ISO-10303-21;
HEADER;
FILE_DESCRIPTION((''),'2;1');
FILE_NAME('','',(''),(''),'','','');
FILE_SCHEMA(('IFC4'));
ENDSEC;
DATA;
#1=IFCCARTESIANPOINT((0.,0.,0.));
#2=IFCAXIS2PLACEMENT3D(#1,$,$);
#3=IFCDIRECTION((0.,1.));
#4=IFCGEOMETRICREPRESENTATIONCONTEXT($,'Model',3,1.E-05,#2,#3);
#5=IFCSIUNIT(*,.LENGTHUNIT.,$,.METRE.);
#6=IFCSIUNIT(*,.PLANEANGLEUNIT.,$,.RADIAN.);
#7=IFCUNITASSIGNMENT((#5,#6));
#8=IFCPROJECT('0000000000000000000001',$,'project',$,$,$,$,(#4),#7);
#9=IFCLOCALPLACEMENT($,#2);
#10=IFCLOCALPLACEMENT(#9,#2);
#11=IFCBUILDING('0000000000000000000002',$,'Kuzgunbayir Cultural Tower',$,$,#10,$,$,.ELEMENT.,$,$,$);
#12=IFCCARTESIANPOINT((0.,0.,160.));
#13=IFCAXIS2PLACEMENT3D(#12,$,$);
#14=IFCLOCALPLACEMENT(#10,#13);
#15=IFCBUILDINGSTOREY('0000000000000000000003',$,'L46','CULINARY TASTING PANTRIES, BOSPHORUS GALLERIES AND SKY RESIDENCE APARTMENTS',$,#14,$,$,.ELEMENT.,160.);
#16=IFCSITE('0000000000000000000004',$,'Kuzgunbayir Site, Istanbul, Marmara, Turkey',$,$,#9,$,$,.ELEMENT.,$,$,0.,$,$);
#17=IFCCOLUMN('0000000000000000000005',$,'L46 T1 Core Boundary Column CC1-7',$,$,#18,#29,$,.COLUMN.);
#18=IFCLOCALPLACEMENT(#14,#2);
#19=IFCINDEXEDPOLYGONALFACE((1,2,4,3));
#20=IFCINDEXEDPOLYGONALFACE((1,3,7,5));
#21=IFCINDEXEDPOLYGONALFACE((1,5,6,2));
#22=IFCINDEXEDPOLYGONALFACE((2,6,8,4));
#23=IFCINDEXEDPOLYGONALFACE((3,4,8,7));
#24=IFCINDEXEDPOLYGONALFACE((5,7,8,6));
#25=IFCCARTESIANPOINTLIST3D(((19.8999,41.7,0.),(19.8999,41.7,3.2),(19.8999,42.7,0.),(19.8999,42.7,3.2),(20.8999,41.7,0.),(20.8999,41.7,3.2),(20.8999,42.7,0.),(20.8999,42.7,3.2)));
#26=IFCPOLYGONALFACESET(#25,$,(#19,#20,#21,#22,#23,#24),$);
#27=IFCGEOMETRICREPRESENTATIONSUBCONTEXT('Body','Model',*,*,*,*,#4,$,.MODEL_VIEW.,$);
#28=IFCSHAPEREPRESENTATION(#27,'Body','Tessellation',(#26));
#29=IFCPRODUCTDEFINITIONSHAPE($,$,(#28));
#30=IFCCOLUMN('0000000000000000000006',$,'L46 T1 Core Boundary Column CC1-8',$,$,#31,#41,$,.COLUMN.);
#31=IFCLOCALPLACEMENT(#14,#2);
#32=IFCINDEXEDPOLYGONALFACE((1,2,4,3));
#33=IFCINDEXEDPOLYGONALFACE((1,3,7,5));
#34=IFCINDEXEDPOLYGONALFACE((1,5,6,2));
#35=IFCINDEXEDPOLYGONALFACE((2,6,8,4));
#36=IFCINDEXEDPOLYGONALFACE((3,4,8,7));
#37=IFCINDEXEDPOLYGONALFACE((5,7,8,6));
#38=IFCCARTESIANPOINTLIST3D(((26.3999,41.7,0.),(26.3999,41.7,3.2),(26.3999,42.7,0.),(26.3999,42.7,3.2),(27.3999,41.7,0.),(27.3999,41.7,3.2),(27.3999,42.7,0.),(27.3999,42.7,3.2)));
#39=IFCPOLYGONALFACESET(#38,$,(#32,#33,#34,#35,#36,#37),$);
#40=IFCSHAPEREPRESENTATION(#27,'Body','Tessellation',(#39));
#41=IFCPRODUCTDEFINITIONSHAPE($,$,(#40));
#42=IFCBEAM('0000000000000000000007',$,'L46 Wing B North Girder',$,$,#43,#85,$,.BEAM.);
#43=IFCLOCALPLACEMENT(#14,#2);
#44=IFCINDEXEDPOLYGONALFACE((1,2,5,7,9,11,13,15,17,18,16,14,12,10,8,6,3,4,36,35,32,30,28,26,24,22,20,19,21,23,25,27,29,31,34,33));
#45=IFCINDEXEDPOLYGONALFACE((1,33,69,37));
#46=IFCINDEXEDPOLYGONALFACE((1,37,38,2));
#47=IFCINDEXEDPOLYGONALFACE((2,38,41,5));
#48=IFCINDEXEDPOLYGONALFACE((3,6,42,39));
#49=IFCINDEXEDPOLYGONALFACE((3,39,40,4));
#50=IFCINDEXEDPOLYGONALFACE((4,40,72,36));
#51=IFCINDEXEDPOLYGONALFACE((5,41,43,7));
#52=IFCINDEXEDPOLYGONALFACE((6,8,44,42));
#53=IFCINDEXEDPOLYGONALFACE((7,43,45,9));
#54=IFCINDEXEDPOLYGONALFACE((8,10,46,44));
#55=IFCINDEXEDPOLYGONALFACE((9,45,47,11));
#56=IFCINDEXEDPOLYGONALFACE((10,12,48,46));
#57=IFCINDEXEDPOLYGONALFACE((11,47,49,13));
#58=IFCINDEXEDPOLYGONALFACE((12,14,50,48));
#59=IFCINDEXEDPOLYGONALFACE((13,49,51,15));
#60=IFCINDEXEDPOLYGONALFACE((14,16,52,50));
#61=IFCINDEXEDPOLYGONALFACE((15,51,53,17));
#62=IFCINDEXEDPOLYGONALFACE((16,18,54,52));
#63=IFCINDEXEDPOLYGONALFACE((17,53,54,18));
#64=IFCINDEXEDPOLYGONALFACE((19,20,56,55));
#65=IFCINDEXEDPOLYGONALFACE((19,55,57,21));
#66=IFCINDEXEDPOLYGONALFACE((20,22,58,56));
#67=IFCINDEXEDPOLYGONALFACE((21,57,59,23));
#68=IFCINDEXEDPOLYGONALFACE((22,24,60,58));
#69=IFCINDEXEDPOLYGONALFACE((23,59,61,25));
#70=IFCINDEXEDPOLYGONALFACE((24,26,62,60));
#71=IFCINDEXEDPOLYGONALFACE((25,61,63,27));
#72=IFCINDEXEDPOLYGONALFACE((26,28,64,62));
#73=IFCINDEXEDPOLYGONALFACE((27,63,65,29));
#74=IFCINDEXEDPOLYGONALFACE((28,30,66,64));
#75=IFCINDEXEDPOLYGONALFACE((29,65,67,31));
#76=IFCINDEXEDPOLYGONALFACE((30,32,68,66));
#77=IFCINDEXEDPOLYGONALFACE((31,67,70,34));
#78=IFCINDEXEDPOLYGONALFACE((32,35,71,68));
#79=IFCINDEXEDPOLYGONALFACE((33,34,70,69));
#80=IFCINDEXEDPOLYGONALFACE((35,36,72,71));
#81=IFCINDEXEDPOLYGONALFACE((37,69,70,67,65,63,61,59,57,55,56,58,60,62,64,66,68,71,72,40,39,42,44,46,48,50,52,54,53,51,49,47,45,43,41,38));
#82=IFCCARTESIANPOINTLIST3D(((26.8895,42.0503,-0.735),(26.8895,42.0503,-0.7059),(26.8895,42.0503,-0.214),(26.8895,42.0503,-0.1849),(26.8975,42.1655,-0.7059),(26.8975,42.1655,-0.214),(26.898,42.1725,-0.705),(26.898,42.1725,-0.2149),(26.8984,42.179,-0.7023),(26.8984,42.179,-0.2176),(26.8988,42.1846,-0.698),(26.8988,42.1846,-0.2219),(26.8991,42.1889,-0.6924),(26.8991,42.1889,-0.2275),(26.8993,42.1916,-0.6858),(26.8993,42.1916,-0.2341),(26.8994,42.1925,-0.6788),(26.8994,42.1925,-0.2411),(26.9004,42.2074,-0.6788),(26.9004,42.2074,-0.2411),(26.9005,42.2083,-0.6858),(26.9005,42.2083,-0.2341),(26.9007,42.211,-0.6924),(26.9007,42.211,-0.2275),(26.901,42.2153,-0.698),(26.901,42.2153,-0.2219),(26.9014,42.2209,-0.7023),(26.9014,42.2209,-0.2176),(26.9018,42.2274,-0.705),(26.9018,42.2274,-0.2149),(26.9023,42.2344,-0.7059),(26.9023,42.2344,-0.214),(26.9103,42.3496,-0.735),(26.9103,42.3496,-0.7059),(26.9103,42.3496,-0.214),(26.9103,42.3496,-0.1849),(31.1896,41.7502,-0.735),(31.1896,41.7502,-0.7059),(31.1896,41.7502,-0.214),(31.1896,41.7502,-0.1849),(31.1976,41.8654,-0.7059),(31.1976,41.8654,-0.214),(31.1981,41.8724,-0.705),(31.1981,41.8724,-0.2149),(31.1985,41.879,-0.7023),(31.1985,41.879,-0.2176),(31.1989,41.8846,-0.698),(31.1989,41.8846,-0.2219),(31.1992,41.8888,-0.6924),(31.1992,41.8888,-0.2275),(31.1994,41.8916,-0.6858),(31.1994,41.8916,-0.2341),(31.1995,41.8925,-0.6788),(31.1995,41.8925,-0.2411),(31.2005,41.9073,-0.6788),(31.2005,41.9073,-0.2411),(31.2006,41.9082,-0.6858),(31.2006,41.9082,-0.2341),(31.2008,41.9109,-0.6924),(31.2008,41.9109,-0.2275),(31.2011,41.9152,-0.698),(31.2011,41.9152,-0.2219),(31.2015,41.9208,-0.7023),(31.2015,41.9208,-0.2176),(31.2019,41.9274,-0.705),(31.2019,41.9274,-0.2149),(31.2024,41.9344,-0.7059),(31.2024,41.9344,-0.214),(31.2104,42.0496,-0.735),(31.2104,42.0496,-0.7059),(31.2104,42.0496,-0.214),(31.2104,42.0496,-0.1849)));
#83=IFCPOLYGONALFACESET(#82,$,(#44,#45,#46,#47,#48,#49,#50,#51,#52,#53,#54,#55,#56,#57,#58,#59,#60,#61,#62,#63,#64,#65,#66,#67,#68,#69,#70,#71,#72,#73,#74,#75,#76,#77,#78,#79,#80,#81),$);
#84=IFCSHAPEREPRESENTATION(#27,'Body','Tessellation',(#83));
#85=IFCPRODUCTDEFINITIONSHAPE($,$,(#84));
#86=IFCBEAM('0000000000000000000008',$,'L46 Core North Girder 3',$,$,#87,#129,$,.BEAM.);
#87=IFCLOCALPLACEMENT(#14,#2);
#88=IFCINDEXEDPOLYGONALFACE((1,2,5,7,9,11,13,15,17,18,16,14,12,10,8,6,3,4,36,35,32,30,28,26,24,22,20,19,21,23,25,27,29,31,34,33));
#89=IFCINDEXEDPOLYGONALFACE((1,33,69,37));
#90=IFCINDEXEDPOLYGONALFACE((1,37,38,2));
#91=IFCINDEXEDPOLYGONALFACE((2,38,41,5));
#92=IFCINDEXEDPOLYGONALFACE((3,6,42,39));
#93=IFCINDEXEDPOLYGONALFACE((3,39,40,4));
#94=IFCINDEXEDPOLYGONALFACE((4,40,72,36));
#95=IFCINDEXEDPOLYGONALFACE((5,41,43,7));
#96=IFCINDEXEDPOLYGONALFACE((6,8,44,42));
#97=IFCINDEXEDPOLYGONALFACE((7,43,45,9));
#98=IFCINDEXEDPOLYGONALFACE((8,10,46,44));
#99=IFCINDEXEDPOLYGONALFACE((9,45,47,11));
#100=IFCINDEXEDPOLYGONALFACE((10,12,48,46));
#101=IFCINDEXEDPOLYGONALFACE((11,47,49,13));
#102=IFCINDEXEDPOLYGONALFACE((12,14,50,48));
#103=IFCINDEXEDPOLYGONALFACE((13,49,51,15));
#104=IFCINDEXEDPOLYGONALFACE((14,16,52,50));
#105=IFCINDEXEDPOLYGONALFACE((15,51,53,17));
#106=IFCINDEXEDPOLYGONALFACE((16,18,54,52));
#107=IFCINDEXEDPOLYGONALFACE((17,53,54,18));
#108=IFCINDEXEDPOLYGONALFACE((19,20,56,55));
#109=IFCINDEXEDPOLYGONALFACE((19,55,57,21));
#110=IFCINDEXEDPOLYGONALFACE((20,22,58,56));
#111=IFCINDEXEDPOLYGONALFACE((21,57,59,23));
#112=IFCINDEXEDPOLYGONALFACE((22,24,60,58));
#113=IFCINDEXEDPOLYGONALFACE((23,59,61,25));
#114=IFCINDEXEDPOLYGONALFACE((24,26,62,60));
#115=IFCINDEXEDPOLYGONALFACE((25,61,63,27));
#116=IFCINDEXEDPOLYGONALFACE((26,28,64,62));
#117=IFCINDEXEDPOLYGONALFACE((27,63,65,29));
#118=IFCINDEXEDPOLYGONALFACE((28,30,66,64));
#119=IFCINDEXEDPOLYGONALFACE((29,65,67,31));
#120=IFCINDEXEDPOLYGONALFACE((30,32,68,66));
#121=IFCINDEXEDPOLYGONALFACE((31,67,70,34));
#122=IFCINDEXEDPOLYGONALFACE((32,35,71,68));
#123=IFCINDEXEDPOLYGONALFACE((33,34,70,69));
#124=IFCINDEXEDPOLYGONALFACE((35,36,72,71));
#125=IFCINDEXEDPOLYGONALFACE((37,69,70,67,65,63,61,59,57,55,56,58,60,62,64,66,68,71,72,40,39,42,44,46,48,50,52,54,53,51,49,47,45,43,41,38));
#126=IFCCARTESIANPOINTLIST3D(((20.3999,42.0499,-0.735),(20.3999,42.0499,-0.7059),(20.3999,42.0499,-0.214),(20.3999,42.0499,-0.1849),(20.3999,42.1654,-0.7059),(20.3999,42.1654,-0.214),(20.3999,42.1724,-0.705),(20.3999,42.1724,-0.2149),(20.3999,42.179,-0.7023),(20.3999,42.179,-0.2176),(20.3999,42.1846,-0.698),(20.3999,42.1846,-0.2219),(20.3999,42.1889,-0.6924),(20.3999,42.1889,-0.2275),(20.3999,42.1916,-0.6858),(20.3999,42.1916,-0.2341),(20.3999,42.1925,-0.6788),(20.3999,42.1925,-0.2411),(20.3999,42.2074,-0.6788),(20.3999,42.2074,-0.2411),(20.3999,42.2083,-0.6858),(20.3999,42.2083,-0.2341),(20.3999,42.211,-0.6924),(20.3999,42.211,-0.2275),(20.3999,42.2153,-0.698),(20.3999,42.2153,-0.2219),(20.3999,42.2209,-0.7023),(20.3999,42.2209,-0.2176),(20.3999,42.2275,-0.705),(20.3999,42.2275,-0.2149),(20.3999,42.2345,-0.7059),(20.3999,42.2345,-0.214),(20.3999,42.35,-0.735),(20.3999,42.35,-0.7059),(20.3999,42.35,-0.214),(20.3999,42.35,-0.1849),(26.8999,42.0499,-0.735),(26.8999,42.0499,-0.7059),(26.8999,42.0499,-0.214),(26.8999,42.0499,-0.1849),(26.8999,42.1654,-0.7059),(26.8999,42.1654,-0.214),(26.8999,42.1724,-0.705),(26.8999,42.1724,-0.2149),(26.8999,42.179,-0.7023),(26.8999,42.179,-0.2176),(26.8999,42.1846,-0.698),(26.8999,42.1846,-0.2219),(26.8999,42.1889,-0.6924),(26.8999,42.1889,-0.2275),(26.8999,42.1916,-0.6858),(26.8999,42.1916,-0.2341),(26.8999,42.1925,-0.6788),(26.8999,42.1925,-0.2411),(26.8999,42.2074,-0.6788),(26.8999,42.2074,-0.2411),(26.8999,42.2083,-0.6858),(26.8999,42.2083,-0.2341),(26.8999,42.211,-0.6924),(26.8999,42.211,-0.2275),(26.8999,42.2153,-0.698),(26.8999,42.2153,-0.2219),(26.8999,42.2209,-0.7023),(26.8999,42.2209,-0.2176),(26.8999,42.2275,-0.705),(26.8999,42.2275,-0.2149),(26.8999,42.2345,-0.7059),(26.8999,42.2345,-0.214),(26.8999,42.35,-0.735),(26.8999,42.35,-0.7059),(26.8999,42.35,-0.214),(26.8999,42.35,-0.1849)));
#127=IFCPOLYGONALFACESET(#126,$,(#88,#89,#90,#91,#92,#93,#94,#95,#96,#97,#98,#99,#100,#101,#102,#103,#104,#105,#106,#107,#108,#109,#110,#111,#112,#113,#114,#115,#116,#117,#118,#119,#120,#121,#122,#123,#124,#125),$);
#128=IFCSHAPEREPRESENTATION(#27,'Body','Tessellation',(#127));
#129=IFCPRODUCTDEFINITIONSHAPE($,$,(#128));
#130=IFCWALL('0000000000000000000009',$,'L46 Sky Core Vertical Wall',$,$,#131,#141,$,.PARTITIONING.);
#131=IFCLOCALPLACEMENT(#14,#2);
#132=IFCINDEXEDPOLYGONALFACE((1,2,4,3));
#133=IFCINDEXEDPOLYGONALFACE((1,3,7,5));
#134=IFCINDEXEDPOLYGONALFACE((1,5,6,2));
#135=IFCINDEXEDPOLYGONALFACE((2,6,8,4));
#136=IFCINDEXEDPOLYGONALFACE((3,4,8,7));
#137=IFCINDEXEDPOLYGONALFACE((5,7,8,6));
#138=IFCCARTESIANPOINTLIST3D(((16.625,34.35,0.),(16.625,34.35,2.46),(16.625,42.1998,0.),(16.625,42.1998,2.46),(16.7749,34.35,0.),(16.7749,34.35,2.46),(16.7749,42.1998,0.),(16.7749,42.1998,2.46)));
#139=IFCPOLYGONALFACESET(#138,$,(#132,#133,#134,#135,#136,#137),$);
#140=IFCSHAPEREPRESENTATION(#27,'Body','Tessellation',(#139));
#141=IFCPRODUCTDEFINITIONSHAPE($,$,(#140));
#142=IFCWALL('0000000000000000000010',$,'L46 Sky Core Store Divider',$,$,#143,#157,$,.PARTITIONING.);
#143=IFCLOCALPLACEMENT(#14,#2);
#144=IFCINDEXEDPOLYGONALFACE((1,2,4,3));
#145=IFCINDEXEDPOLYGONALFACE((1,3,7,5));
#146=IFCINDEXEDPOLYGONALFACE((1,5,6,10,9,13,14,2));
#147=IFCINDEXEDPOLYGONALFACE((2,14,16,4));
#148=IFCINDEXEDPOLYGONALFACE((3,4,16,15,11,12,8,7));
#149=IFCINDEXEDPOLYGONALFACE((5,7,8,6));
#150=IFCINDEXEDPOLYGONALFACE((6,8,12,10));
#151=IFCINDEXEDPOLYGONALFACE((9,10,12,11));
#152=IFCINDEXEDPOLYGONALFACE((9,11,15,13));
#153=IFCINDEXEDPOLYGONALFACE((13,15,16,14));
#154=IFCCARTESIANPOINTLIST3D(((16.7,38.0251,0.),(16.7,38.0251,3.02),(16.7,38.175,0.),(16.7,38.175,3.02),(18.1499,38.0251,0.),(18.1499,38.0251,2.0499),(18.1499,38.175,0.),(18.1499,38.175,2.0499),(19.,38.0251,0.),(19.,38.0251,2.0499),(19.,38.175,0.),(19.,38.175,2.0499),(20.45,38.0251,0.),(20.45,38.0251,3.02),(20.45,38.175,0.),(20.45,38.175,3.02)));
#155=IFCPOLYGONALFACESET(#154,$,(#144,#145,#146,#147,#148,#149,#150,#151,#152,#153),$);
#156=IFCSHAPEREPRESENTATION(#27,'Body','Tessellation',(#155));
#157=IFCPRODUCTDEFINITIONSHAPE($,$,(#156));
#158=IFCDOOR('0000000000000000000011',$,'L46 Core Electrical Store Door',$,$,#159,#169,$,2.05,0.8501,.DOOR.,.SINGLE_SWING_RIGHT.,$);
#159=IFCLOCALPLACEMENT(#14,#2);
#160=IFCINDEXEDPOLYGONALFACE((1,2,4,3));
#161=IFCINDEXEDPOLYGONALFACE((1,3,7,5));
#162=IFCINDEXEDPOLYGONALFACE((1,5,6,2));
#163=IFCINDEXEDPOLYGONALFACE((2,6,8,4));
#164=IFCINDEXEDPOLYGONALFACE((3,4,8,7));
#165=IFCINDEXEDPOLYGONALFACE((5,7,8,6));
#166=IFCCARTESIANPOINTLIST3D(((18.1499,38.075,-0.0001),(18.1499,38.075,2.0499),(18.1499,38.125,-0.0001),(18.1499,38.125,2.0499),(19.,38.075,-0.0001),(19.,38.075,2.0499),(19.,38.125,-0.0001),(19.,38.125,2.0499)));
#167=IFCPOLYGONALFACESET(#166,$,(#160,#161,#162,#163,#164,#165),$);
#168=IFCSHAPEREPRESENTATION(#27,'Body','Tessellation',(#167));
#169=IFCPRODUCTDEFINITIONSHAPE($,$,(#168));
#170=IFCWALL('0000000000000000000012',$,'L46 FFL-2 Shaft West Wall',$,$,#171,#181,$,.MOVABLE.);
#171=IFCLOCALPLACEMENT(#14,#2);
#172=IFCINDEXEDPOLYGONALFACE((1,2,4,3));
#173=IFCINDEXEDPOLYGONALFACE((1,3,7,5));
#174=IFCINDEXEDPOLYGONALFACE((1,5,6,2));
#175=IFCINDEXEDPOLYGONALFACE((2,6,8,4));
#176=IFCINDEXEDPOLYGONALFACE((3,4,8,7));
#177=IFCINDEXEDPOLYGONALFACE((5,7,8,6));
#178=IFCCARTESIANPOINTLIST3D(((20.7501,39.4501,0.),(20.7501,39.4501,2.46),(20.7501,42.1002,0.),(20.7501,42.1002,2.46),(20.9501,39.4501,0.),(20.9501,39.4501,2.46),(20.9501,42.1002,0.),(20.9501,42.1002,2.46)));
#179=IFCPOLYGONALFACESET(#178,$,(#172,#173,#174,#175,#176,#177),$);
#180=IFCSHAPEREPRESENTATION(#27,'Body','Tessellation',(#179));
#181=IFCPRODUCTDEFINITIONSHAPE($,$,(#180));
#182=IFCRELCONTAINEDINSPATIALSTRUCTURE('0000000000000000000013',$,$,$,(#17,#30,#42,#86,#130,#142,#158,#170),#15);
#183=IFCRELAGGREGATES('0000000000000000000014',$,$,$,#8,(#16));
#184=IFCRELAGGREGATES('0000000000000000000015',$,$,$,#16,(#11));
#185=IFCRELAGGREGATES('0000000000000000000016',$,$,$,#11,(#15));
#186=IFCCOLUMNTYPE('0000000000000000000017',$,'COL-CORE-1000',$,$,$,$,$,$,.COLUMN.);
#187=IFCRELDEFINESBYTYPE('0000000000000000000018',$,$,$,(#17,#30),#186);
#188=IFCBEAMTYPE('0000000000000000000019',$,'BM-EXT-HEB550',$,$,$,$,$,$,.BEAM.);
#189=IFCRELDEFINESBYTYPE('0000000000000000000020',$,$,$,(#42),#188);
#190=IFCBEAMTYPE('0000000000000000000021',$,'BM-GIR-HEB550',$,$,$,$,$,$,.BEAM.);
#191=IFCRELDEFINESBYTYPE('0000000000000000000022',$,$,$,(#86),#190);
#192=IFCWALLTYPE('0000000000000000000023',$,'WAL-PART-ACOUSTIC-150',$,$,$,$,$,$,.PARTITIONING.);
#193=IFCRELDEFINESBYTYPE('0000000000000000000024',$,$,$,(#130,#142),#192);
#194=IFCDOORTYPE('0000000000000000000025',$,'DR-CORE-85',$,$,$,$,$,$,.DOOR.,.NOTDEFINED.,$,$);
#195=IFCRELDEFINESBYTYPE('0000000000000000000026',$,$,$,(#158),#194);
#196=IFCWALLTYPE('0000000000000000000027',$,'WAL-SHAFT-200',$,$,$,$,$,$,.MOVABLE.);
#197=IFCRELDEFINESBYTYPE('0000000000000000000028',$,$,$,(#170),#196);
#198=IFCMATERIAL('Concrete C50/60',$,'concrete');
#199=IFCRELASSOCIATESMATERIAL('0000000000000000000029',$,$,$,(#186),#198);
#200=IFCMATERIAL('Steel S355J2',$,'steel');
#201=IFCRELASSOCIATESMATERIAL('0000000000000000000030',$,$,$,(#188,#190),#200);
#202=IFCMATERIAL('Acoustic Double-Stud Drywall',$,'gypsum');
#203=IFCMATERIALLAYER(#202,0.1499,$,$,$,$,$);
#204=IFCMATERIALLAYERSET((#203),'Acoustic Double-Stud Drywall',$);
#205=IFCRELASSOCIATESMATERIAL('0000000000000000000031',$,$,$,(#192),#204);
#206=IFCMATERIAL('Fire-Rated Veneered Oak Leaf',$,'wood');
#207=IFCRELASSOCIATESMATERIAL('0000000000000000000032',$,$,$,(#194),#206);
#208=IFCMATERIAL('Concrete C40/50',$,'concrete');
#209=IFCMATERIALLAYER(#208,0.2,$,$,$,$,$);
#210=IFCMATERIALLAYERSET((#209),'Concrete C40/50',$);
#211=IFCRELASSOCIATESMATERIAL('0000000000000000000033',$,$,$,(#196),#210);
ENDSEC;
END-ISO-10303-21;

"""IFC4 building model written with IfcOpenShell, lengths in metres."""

from ifc_helpers import new_model, si_unit, direction, frame, frame_2d, origin, origin_2d, place, context, subcontext, project, spatial, rectangle, i_section, extrude, material, layer, layer_set, material_profile, profile_set, type_object, element, fill, save


model = new_model("IFC4")

# Units and contexts
model_context = context("Model", 3, precision=1e-05, world=origin(), true_north=direction((0.0, 1.0)))
body_context = subcontext(model_context, "Body", "Model", "MODEL_VIEW")
ifc_project = project(units=[si_unit("LENGTHUNIT", "METRE"), si_unit("PLANEANGLEUNIT", "RADIAN")], contexts=[model_context])

# Site, building, storey
site_placement = place(None, origin())
site = spatial("IfcSite", under=ifc_project, at=site_placement, Name="Kuzgunbayir Site, Istanbul, Marmara, Turkey", CompositionType="ELEMENT", RefElevation=0.0)
building_placement = place(site_placement, origin())
building = spatial("IfcBuilding", under=site, at=building_placement, Name="Kuzgunbayir Cultural Tower", CompositionType="ELEMENT")
storey_placement = place(building_placement, frame((0.0, 0.0, 160.0)))
storey = spatial("IfcBuildingStorey", under=building, at=storey_placement, Name="L46", Description="CULINARY TASTING PANTRIES, BOSPHORUS GALLERIES AND SKY RESIDENCE APARTMENTS", CompositionType="ELEMENT", Elevation=160.0)

# Columns
ifc_material_1 = material(Name="Concrete C50/60", Category="concrete")
ifc_material_profile_1 = material_profile(ifc_material_1, rectangle(XDim=1.0, YDim=1.0, at=origin_2d()), Name="RC 1000x1000")
ifc_profile_set_1 = profile_set([ifc_material_profile_1], Name="Concrete C50/60")
column_type = type_object("IfcColumnType", Name="COL-CORE-1000", PredefinedType="COLUMN", material=ifc_profile_set_1)
for number, where, z_axis, x_axis, name in (
    (1, (20.3999, 42.2, 0.0), (0.0, 0.0, 1.0), (1.0, 0.0, 0.0), "L46 T1 Core Boundary Column CC1-7"),
    (2, (26.8999, 42.2, 0.0), (0.0, 0.0, 1.0), (1.0, 0.0, 0.0), "L46 T1 Core Boundary Column CC1-8"),
):
    element("IfcColumn", number, at=place(storey_placement, frame(where, z_axis=z_axis, x_axis=x_axis)), inside=storey, type_object=column_type, Name=name, PredefinedType="COLUMN", context=body_context, shape_type="SweptSolid", body=[
        extrude(rectangle(XDim=1.0, YDim=1.0, at=origin_2d()), origin(), (0.0, 0.0, 1.0), 3.2),
    ])

# Beams
ifc_material_2 = material(Name="Steel S355J2", Category="steel")
ifc_material_profile_2 = material_profile(ifc_material_2, i_section(OverallWidth=0.3, OverallDepth=0.55, WebThickness=0.0149, FlangeThickness=0.0291, FilletRadius=0.0271, at=origin_2d()), Name="HEB 550")
ifc_profile_set_2 = profile_set([ifc_material_profile_2], Name="Steel S355J2")
beam_type_1 = type_object("IfcBeamType", Name="BM-EXT-HEB550", PredefinedType="BEAM", material=ifc_profile_set_2)
beam_1_placement = place(storey_placement, frame((26.8999, 42.2, -0.46), z_axis=(0.997574, -0.069609, 0.0), x_axis=(0.069609, 0.997574, 0.0)))
element("IfcBeam", 3, at=beam_1_placement, inside=storey, type_object=beam_type_1, Name="L46 Wing B North Girder", PredefinedType="BEAM", context=body_context, shape_type="SweptSolid", body=[
    extrude(i_section(OverallWidth=0.3, OverallDepth=0.55, WebThickness=0.0149, FlangeThickness=0.0291, FilletRadius=0.0271, at=origin_2d()), origin(), (0.0, 0.0, 1.0), 4.3105),
])
ifc_material_profile_3 = material_profile(ifc_material_2, i_section(OverallWidth=0.3, OverallDepth=0.55, WebThickness=0.0149, FlangeThickness=0.0291, FilletRadius=0.0271, at=origin_2d()), Name="HEB 550")
ifc_profile_set_3 = profile_set([ifc_material_profile_3], Name="Steel S355J2")
beam_type_2 = type_object("IfcBeamType", Name="BM-GIR-HEB550", PredefinedType="BEAM", material=ifc_profile_set_3)
beam_2_placement = place(storey_placement, frame((20.3999, 42.2, -0.46), z_axis=(1.0, 0.0, 0.0), x_axis=(0.0, 1.0, 0.0)))
element("IfcBeam", 4, at=beam_2_placement, inside=storey, type_object=beam_type_2, Name="L46 Core North Girder 3", PredefinedType="BEAM", context=body_context, shape_type="SweptSolid", body=[
    extrude(i_section(OverallWidth=0.3, OverallDepth=0.55, WebThickness=0.0149, FlangeThickness=0.0291, FilletRadius=0.0271, at=origin_2d()), origin(), (0.0, 0.0, 1.0), 6.5),
])

# Wall
ifc_material_3 = material(Name="Acoustic Double-Stud Drywall", Category="gypsum")
ifc_layer_1 = layer(ifc_material_3, 0.1499)
ifc_layer_set_1 = layer_set([ifc_layer_1], Name="Acoustic Double-Stud Drywall")
wall_type_1 = type_object("IfcWallType", Name="WAL-PART-ACOUSTIC-150", PredefinedType="PARTITIONING", material=ifc_layer_set_1)
wall_1_placement = place(storey_placement, frame((16.7, 34.3501, 0.0), z_axis=(0.0, 0.0, 1.0), x_axis=(0.0, 1.0, 0.0)))
element("IfcWall", 5, at=wall_1_placement, inside=storey, type_object=wall_type_1, Name="L46 Sky Core Vertical Wall", PredefinedType="PARTITIONING", context=body_context, shape_type="SweptSolid", body=[
    extrude(rectangle(XDim=7.8499, YDim=0.1499, at=frame_2d((3.9248, 0.0))), origin(), (0.0, 0.0, 1.0), 2.46),
])

# Wall, opening, door
wall_2_placement = place(storey_placement, frame((16.7, 38.1001, 0.0), z_axis=(0.0, 0.0, 1.0), x_axis=(1.0, 0.0, 0.0)))
wall_2 = element("IfcWall", 6, at=wall_2_placement, inside=storey, type_object=wall_type_1, Name="L46 Sky Core Store Divider", PredefinedType="PARTITIONING", context=body_context, shape_type="SweptSolid", body=[
    extrude(rectangle(XDim=3.75, YDim=0.1499, at=frame_2d((1.875, 0.0))), origin(), (0.0, 0.0, 1.0), 3.02),
])
opening_1_placement = place(wall_2_placement, frame((1.45, 0.0, 0.0)))
opening_1 = element("IfcOpeningElement", 7, at=opening_1_placement, cuts=wall_2, PredefinedType="OPENING", context=body_context, shape_type="SweptSolid", body=[
    extrude(rectangle(XDim=0.8501, YDim=2.05, at=frame_2d((0.425, 1.0249))), frame((0.0, 0.085, 0.0), z_axis=(0.0, -1.0, 0.0), x_axis=(1.0, 0.0, 0.0)), (0.0, 0.0, 1.0), 0.1699),
])
ifc_material_4 = material(Name="Fire-Rated Veneered Oak Leaf", Category="wood")
door_type_1 = type_object("IfcDoorType", Name="DR-CORE-85", OperationType="NOTDEFINED", PredefinedType="DOOR", material=ifc_material_4)
door_1_placement = place(opening_1_placement, origin())
door_1 = element("IfcDoor", 8, at=door_1_placement, inside=storey, type_object=door_type_1, Name="L46 Core Electrical Store Door", OperationType="SINGLE_SWING_RIGHT", OverallHeight=2.05, OverallWidth=0.8501, PredefinedType="DOOR", context=body_context, shape_type="SweptSolid", body=[
    extrude(rectangle(XDim=0.8501, YDim=2.05, at=frame_2d((0.425, 1.0249))), frame((0.0, 0.0249, 0.0), z_axis=(0.0, -1.0, 0.0), x_axis=(1.0, 0.0, 0.0)), (0.0, 0.0, 1.0), 0.05),
])
fill(opening_1, door_1)
ifc_material_5 = material(Name="Concrete C40/50", Category="concrete")
ifc_layer_2 = layer(ifc_material_5, 0.2)
ifc_layer_set_2 = layer_set([ifc_layer_2], Name="Concrete C40/50")
wall_type_2 = type_object("IfcWallType", Name="WAL-SHAFT-200", PredefinedType="MOVABLE", material=ifc_layer_set_2)

# Wall
for number, where, z_axis, x_axis, name in (
    (9, (20.8501, 39.45, 0.0), (0.0, 0.0, 1.0), (0.0, 1.0, 0.0), "L46 FFL-2 Shaft West Wall"),
):
    element("IfcWall", number, at=place(storey_placement, frame(where, z_axis=z_axis, x_axis=x_axis)), inside=storey, type_object=wall_type_2, Name=name, PredefinedType="MOVABLE", context=body_context, shape_type="SweptSolid", body=[
        extrude(rectangle(XDim=2.6501, YDim=0.2, at=frame_2d((1.3252, 0.0))), origin(), (0.0, 0.0, 1.0), 2.46),
    ])

save(model, "model.ifc")
